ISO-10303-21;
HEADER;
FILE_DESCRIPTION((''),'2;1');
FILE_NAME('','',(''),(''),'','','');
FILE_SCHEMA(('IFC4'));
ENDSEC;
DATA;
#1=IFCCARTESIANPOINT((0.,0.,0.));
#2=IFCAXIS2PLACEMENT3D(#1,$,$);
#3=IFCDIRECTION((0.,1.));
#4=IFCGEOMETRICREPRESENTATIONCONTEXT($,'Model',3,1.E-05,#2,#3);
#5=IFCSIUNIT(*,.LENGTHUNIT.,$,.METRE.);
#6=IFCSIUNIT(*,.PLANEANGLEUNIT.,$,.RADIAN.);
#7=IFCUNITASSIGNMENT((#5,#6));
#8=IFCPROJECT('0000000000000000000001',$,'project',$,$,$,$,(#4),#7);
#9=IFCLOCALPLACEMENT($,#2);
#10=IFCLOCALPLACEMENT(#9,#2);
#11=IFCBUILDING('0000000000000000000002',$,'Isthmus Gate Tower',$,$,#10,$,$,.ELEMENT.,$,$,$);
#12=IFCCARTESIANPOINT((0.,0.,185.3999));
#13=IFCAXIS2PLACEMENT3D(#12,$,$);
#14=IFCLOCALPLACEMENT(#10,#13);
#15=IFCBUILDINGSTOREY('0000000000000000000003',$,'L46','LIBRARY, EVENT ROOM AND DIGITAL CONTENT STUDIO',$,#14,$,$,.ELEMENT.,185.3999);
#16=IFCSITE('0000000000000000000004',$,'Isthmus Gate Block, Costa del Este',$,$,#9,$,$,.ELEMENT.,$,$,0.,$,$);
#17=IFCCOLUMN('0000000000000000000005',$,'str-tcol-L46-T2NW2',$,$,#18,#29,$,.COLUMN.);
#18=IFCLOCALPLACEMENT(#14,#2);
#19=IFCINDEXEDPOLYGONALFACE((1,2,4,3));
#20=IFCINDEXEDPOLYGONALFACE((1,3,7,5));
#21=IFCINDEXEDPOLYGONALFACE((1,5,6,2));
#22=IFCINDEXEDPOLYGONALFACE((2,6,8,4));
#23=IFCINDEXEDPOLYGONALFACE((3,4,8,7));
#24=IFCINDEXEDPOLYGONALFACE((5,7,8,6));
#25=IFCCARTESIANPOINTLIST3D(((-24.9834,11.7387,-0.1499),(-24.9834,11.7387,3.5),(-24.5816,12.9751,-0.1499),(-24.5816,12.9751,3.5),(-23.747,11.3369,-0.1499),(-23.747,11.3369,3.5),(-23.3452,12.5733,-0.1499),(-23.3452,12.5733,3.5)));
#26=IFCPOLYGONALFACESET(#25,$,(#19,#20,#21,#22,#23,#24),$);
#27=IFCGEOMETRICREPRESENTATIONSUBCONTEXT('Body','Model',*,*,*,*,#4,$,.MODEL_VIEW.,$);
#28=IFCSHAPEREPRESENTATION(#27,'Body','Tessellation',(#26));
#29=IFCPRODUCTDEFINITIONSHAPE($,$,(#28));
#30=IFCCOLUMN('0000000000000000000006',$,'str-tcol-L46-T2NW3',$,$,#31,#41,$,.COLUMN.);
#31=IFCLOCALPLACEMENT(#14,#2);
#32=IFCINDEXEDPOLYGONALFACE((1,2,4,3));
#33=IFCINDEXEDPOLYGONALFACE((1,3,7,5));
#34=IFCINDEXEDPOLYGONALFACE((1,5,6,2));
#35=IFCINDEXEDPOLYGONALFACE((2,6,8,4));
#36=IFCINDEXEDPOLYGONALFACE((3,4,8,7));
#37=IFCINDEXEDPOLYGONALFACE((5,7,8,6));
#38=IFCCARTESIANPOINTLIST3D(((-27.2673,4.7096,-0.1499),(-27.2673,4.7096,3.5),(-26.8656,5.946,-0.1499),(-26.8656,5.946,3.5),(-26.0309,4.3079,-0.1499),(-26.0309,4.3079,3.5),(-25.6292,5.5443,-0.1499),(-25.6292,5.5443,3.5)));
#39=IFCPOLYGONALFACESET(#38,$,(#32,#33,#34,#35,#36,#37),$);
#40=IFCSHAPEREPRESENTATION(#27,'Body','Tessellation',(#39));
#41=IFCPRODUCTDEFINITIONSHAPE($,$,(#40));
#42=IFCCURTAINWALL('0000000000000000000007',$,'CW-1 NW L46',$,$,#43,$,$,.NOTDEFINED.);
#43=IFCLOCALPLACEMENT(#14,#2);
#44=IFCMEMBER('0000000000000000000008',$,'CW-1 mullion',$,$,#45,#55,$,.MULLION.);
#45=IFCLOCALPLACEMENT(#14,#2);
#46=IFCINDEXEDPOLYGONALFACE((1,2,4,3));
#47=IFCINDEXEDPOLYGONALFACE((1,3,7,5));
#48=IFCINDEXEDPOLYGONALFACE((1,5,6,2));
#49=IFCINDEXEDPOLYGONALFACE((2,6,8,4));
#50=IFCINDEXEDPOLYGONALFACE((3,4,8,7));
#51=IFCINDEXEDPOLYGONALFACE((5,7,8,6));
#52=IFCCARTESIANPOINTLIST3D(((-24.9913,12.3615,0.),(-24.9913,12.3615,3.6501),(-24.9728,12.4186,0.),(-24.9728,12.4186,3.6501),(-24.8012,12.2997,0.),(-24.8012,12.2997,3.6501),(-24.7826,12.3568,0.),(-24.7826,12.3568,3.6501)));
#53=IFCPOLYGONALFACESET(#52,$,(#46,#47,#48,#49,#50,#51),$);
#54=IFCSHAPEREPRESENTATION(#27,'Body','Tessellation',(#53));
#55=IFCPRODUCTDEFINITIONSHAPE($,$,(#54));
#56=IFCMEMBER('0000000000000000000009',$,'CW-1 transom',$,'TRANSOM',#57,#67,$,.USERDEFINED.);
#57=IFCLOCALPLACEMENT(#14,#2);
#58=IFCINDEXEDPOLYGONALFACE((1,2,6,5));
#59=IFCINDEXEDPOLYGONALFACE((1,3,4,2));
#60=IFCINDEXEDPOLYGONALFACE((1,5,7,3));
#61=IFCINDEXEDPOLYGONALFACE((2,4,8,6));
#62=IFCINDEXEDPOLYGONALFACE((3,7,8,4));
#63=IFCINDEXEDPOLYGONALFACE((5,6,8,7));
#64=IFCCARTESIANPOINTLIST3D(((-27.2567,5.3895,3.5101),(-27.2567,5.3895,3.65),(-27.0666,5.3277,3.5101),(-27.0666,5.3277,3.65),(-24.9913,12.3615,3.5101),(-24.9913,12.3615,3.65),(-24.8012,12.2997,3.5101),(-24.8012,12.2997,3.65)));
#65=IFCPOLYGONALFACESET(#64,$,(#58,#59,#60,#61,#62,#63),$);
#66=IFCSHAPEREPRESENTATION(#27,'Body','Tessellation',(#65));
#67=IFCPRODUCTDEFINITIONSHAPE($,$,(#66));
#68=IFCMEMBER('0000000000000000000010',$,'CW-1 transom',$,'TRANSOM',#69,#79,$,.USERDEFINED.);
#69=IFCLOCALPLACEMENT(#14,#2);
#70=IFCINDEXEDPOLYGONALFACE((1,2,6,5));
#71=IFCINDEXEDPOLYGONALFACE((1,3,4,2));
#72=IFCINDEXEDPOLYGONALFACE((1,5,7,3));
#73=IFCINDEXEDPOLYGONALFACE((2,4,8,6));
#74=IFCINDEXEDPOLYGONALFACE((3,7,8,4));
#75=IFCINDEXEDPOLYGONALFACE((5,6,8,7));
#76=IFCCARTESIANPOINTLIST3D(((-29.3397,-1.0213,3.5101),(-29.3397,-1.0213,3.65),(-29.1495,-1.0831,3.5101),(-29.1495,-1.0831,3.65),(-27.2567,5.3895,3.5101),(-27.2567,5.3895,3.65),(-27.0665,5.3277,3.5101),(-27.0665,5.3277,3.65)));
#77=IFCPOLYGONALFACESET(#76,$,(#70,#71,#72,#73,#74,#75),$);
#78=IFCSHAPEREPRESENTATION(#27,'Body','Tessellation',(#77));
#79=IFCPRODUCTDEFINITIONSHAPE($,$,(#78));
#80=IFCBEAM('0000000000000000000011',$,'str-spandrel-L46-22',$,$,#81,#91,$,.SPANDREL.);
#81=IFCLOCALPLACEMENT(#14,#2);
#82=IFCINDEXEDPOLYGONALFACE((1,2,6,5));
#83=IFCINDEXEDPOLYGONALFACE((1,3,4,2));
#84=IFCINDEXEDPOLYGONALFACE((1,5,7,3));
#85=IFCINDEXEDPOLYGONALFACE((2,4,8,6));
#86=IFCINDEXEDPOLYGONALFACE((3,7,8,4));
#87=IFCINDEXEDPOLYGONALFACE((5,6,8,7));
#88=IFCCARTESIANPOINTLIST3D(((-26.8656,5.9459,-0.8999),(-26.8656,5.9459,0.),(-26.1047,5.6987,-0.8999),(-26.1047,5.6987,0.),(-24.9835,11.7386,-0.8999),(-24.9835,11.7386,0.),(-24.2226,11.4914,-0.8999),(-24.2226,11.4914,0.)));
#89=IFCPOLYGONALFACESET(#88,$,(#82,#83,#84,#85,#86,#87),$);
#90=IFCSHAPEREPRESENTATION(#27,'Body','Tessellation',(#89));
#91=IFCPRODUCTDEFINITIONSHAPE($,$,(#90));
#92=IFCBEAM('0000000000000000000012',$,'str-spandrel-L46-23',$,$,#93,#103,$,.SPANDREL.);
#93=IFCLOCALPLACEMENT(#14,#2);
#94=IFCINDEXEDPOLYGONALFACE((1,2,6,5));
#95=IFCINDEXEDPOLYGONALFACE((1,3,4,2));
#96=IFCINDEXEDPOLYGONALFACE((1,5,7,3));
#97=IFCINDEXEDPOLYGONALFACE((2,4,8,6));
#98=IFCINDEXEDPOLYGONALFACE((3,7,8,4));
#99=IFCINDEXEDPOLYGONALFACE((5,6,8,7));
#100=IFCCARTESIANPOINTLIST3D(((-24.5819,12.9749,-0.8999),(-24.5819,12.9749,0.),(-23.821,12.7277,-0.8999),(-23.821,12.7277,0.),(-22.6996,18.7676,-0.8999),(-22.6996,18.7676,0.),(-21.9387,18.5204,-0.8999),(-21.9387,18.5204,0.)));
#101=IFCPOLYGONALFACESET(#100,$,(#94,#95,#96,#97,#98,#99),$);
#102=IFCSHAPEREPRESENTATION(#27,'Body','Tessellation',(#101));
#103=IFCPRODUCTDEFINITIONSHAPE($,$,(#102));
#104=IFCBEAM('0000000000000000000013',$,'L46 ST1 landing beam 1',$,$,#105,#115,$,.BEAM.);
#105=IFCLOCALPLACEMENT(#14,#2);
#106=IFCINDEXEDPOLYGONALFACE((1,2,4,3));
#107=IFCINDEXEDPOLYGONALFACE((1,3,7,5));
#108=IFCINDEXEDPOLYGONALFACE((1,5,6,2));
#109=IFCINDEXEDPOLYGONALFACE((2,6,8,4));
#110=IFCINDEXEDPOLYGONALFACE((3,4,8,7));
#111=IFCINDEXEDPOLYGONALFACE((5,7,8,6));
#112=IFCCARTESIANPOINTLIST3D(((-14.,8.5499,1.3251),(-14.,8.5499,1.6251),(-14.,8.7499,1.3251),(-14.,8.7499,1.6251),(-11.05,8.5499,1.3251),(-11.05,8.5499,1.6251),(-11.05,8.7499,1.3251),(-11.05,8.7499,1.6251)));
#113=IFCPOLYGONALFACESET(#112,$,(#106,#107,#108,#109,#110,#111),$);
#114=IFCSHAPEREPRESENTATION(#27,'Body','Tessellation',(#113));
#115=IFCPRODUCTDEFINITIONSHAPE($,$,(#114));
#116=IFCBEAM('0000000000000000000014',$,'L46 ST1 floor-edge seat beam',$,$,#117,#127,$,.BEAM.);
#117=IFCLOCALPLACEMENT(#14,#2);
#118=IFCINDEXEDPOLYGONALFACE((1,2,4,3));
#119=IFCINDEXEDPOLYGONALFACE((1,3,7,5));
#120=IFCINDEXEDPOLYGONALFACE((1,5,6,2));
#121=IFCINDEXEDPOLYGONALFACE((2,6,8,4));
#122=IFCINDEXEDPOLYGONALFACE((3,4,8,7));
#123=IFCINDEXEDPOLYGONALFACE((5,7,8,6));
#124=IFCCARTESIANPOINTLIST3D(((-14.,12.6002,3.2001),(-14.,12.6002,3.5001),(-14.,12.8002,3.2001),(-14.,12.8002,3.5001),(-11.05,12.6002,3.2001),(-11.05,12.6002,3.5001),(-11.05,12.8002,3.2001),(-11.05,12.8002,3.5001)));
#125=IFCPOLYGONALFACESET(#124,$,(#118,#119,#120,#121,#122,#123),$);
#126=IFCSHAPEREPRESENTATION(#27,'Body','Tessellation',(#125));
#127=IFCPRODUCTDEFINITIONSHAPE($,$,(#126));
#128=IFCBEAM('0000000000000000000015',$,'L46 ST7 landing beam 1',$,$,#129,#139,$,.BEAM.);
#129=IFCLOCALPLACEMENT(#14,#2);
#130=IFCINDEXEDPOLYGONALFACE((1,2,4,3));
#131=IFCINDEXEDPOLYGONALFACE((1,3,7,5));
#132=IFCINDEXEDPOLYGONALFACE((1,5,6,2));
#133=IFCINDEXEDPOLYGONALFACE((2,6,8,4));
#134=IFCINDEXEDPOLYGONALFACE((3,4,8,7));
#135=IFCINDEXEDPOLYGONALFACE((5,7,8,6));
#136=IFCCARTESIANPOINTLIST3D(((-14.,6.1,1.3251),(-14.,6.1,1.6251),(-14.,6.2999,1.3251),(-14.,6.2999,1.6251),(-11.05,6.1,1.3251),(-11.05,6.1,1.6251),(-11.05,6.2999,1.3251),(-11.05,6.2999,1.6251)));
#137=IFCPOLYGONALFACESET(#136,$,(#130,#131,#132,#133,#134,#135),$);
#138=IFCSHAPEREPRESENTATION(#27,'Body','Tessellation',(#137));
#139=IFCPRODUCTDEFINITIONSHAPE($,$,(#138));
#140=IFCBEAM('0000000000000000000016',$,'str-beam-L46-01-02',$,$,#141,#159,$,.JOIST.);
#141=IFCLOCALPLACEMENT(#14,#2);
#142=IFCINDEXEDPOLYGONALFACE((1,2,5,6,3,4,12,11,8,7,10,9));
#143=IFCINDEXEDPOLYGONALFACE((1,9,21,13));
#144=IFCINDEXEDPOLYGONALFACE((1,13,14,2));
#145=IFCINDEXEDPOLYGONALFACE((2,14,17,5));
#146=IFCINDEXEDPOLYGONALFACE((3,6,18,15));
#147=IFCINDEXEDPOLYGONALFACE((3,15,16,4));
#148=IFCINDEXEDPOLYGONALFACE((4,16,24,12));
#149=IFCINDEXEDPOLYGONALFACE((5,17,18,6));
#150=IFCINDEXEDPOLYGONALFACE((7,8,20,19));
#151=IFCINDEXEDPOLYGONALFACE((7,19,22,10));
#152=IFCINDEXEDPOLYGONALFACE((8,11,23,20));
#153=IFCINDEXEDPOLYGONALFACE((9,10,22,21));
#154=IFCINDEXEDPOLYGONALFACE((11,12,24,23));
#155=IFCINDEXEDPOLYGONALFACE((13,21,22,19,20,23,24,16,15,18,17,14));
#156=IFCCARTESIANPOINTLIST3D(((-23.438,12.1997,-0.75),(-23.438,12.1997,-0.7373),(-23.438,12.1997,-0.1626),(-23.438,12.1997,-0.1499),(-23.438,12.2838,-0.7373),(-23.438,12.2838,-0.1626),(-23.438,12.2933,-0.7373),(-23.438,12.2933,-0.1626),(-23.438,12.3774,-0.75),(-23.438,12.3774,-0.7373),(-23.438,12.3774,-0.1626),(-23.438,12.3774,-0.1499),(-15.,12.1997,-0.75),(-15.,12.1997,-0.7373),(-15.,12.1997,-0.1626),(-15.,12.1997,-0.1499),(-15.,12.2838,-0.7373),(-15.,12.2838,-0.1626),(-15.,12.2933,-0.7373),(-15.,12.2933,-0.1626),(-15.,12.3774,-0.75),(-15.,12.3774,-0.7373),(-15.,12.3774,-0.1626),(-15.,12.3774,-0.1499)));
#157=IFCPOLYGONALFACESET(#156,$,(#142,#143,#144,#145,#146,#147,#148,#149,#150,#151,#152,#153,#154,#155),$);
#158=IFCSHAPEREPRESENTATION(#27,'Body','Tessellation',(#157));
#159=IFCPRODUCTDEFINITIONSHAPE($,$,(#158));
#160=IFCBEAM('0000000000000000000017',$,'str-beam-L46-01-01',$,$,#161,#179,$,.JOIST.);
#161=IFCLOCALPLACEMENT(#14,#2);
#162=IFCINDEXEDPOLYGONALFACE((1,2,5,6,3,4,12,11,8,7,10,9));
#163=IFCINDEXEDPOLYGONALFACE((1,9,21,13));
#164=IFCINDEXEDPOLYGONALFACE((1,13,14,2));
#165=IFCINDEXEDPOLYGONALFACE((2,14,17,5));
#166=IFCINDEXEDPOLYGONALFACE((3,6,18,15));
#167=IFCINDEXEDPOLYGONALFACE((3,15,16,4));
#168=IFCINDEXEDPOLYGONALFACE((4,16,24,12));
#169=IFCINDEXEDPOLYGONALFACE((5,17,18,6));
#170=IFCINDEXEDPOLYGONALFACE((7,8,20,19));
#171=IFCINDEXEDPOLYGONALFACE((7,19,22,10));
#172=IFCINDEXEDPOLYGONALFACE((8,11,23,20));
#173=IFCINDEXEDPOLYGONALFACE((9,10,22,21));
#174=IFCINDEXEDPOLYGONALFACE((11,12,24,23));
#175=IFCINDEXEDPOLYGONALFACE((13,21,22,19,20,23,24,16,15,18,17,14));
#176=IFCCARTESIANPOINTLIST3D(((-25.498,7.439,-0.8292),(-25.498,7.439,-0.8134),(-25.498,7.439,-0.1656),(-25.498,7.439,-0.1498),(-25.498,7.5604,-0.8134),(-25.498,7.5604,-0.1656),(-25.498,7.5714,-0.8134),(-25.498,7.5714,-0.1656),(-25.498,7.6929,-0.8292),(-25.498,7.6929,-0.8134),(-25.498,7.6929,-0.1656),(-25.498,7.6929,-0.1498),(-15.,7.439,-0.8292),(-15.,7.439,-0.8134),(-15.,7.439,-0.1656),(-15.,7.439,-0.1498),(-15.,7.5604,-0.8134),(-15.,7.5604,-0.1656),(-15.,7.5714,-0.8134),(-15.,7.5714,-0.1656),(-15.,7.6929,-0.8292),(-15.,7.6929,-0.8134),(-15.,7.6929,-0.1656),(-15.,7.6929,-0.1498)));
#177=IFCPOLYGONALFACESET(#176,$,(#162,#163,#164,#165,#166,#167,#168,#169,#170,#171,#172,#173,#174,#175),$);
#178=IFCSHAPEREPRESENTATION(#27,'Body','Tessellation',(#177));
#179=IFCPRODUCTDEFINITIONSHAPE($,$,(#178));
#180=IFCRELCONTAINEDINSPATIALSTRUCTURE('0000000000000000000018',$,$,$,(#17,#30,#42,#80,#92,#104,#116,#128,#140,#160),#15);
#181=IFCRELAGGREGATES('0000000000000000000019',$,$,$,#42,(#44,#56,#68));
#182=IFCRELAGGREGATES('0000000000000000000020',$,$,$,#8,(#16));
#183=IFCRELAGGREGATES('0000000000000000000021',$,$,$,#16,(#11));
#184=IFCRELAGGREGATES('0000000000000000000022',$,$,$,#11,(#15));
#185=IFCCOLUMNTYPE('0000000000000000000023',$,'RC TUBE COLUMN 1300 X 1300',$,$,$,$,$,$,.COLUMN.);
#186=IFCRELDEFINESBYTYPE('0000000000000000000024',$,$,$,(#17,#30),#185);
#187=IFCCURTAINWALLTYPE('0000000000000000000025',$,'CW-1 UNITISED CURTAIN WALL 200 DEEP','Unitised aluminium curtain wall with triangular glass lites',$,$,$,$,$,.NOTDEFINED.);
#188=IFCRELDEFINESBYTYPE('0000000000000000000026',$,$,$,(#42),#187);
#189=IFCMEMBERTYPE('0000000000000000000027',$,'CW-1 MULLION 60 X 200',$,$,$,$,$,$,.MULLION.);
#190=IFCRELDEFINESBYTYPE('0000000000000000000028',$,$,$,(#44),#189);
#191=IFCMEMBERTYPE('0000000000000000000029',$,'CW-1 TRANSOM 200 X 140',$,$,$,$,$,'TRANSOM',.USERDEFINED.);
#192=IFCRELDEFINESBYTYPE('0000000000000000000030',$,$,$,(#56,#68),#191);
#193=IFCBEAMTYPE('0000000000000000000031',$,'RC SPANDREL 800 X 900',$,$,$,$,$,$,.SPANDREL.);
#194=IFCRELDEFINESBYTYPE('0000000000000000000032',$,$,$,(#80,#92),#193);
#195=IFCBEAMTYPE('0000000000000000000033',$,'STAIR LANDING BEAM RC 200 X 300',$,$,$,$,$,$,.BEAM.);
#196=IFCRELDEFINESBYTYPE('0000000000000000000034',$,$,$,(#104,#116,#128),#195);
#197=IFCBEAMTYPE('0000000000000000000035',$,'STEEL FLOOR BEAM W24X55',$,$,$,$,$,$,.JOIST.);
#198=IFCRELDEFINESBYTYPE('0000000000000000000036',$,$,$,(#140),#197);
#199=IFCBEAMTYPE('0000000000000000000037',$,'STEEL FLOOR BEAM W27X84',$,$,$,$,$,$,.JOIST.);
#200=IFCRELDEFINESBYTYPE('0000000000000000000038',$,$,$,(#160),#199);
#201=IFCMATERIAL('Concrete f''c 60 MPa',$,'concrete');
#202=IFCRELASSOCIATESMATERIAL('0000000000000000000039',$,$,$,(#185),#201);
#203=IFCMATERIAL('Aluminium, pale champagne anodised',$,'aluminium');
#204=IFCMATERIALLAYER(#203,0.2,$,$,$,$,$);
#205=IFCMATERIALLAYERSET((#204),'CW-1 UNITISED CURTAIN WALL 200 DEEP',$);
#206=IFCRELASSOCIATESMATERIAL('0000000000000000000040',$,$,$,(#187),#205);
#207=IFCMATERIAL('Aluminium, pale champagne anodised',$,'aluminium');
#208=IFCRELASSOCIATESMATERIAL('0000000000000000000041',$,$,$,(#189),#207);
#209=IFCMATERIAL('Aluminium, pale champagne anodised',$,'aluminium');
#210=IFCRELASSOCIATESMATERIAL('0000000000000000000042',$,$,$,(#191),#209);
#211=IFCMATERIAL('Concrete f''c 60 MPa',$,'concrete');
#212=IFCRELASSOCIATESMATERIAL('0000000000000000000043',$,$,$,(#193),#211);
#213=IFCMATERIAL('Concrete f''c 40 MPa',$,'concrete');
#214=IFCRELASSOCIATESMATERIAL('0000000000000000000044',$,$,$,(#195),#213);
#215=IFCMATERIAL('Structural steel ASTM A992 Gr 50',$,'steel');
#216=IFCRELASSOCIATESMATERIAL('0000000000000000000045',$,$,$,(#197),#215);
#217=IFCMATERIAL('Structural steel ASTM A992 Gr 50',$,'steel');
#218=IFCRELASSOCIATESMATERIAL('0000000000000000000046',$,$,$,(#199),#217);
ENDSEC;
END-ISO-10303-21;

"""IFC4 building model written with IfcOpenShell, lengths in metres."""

from ifc_helpers import new_model, si_unit, direction, frame, origin, origin_2d, place, context, subcontext, project, spatial, rectangle, i_section, extrude, material, layer, layer_set, material_profile, profile_set, type_object, element, aggregate, save


model = new_model("IFC4")

# Units and contexts
model_context = context("Model", 3, precision=1e-05, world=origin(), true_north=direction((0.0, 1.0)))
body_context = subcontext(model_context, "Body", "Model", "MODEL_VIEW")
ifc_project = project(units=[si_unit("LENGTHUNIT", "METRE"), si_unit("PLANEANGLEUNIT", "RADIAN")], contexts=[model_context])

# Site, building, storey
site_placement = place(None, origin())
site = spatial("IfcSite", under=ifc_project, at=site_placement, Name="Isthmus Gate Block, Costa del Este", CompositionType="ELEMENT", RefElevation=0.0)
building_placement = place(site_placement, origin())
building = spatial("IfcBuilding", under=site, at=building_placement, Name="Isthmus Gate Tower", CompositionType="ELEMENT")
storey_placement = place(building_placement, frame((0.0, 0.0, 185.3999)))
storey = spatial("IfcBuildingStorey", under=building, at=storey_placement, Name="L46", Description="LIBRARY, EVENT ROOM AND DIGITAL CONTENT STUDIO", CompositionType="ELEMENT", Elevation=185.3999)

# Columns
ifc_material_1 = material(Name="Concrete f'c 60 MPa", Category="concrete")
ifc_material_profile_1 = material_profile(ifc_material_1, rectangle(XDim=1.3, YDim=1.3, at=origin_2d()), Name="RC 1300X1300")
ifc_profile_set_1 = profile_set([ifc_material_profile_1], Name="Concrete f'c 60 MPa")
column_type = type_object("IfcColumnType", Name="RC TUBE COLUMN 1300 X 1300", PredefinedType="COLUMN", material=ifc_profile_set_1)
for number, where, z_axis, x_axis, name in (
    (1, (-24.1643, 12.156, -0.1499), (0.0, 0.0, 1.0), (-0.309017, -0.951057, 0.0), "str-tcol-L46-T2NW2"),
    (2, (-26.4482, 5.127, -0.1499), (0.0, 0.0, 1.0), (-0.309017, -0.951057, 0.0), "str-tcol-L46-T2NW3"),
):
    element("IfcColumn", number, at=place(storey_placement, frame(where, z_axis=z_axis, x_axis=x_axis)), inside=storey, type_object=column_type, Name=name, PredefinedType="COLUMN", context=body_context, shape_type="SweptSolid", body=[
        extrude(rectangle(XDim=1.3, YDim=1.3, at=origin_2d()), origin(), (0.0, 0.0, 1.0), 3.6499),
    ])

# Curtain wall, members
ifc_material_2 = material(Name="Aluminium, pale champagne anodised", Category="aluminium")
ifc_layer_1 = layer(ifc_material_2, 0.2)
ifc_layer_set_1 = layer_set([ifc_layer_1], Name="CW-1 UNITISED CURTAIN WALL 200 DEEP")
curtain_wall_type = type_object("IfcCurtainWallType", Name="CW-1 UNITISED CURTAIN WALL 200 DEEP", Description="Unitised aluminium curtain wall with triangular glass lites", PredefinedType="NOTDEFINED", material=ifc_layer_set_1)
curtain_wall_placement = place(storey_placement, origin())
curtain_wall = element("IfcCurtainWall", 3, at=curtain_wall_placement, inside=storey, type_object=curtain_wall_type, Name="CW-1 NW L46", PredefinedType="NOTDEFINED")
ifc_material_3 = material(Name="Aluminium, pale champagne anodised", Category="aluminium")
ifc_material_profile_2 = material_profile(ifc_material_3, rectangle(XDim=0.0601, YDim=0.2, at=origin_2d()), Name="60x200")
ifc_profile_set_2 = profile_set([ifc_material_profile_2], Name="Aluminium, pale champagne anodised")
member_type_1 = type_object("IfcMemberType", Name="CW-1 MULLION 60 X 200", PredefinedType="MULLION", material=ifc_profile_set_2)
member_1_placement = place(storey_placement, frame((-24.887, 12.3591, 0.0), z_axis=(0.0, 0.0, 1.0), x_axis=(-0.309017, -0.951057, 0.0)))
member_1 = element("IfcMember", 4, at=member_1_placement, type_object=member_type_1, Name="CW-1 mullion", PredefinedType="MULLION", context=body_context, shape_type="SweptSolid", body=[
    extrude(rectangle(XDim=0.0601, YDim=0.2, at=origin_2d()), origin(), (0.0, 0.0, 1.0), 3.6501),
])
ifc_material_4 = material(Name="Aluminium, pale champagne anodised", Category="aluminium")
ifc_material_profile_3 = material_profile(ifc_material_4, rectangle(XDim=0.2, YDim=0.1399, at=origin_2d()), Name="200x140")
ifc_profile_set_3 = profile_set([ifc_material_profile_3], Name="Aluminium, pale champagne anodised")
member_type_2 = type_object("IfcMemberType", Name="CW-1 TRANSOM 200 X 140", ElementType="TRANSOM", PredefinedType="USERDEFINED", material=ifc_profile_set_3)
member_2_placement = place(storey_placement, frame((-24.8962, 12.3306, 3.5801), z_axis=(-0.309025, -0.951054, 0.0), x_axis=(0.951054, -0.309025, 0.0)))
member_2 = element("IfcMember", 5, at=member_2_placement, type_object=member_type_2, Name="CW-1 transom", ObjectType="TRANSOM", PredefinedType="USERDEFINED", context=body_context, shape_type="SweptSolid", body=[
    extrude(rectangle(XDim=0.2, YDim=0.1399, at=origin_2d()), origin(), (0.0, 0.0, 1.0), 7.3308),
])
member_3_placement = place(storey_placement, frame((-27.1616, 5.3586, 3.5801), z_axis=(-0.309015, -0.951057, 0.0), x_axis=(0.951057, -0.309015, 0.0)))
member_3 = element("IfcMember", 6, at=member_3_placement, type_object=member_type_2, Name="CW-1 transom", ObjectType="TRANSOM", PredefinedType="USERDEFINED", context=body_context, shape_type="SweptSolid", body=[
    extrude(rectangle(XDim=0.2, YDim=0.1399, at=origin_2d()), origin(), (0.0, 0.0, 1.0), 6.7407),
])

# Beams
ifc_material_5 = material(Name="Concrete f'c 60 MPa", Category="concrete")
ifc_material_profile_4 = material_profile(ifc_material_5, rectangle(XDim=0.8, YDim=0.8999, at=origin_2d()), Name="RC 800X900")
ifc_profile_set_4 = profile_set([ifc_material_profile_4], Name="Concrete f'c 60 MPa")
beam_type_1 = type_object("IfcBeamType", Name="RC SPANDREL 800 X 900", PredefinedType="SPANDREL", material=ifc_profile_set_4)
for number, where, z_axis, x_axis, name in (
    (7, (-26.4851, 5.8223, -0.45), (0.309004, 0.951061, 0.0), (-0.951061, 0.309004, 0.0), "str-spandrel-L46-22"),
    (8, (-24.2014, 12.8513, -0.45), (0.30904, 0.951049, 0.0), (-0.951049, 0.30904, 0.0), "str-spandrel-L46-23"),
):
    element("IfcBeam", number, at=place(storey_placement, frame(where, z_axis=z_axis, x_axis=x_axis)), inside=storey, type_object=beam_type_1, Name=name, PredefinedType="SPANDREL", context=body_context, shape_type="SweptSolid", body=[
        extrude(rectangle(XDim=0.8, YDim=0.8999, at=origin_2d()), origin(), (0.0, 0.0, 1.0), 6.0908),
    ])
ifc_material_6 = material(Name="Concrete f'c 40 MPa", Category="concrete")
ifc_material_profile_5 = material_profile(ifc_material_6, rectangle(XDim=0.2, YDim=0.3, at=origin_2d()), Name="STAIR LANDING BEAM RC 200 X 300")
ifc_profile_set_5 = profile_set([ifc_material_profile_5], Name="Concrete f'c 40 MPa")
beam_type_2 = type_object("IfcBeamType", Name="STAIR LANDING BEAM RC 200 X 300", PredefinedType="BEAM", material=ifc_profile_set_5)
for number, where, z_axis, x_axis, name in (
    (9, (-14.0, 8.6499, 1.4751), (1.0, 0.0, 0.0), (0.0, 1.0, 0.0), "L46 ST1 landing beam 1"),
    (10, (-14.0, 12.7002, 3.3501), (1.0, 0.0, 0.0), (0.0, 1.0, 0.0), "L46 ST1 floor-edge seat beam"),
    (11, (-14.0, 6.2, 1.4751), (1.0, 0.0, 0.0), (0.0, 1.0, 0.0), "L46 ST7 landing beam 1"),
):
    element("IfcBeam", number, at=place(storey_placement, frame(where, z_axis=z_axis, x_axis=x_axis)), inside=storey, type_object=beam_type_2, Name=name, PredefinedType="BEAM", context=body_context, shape_type="SweptSolid", body=[
        extrude(rectangle(XDim=0.2, YDim=0.3, at=origin_2d()), origin(), (0.0, 0.0, 1.0), 2.95),
    ])
ifc_material_7 = material(Name="Structural steel ASTM A992 Gr 50", Category="steel")
ifc_material_profile_6 = material_profile(ifc_material_7, i_section(OverallWidth=0.1777, OverallDepth=0.6001, WebThickness=0.0095, FlangeThickness=0.0127, at=origin_2d()), Name="W24X55")
ifc_profile_set_6 = profile_set([ifc_material_profile_6], Name="Structural steel ASTM A992 Gr 50")
beam_type_3 = type_object("IfcBeamType", Name="STEEL FLOOR BEAM W24X55", PredefinedType="JOIST", material=ifc_profile_set_6)
beam_1_placement = place(storey_placement, frame((-23.438, 12.2886, -0.45), z_axis=(1.0, 0.0, 0.0), x_axis=(0.0, 1.0, 0.0)))
element("IfcBeam", 12, at=beam_1_placement, inside=storey, type_object=beam_type_3, Name="str-beam-L46-01-02", PredefinedType="JOIST", context=body_context, shape_type="SweptSolid", body=[
    extrude(i_section(OverallWidth=0.1777, OverallDepth=0.6001, WebThickness=0.0095, FlangeThickness=0.0127, at=origin_2d()), origin(), (0.0, 0.0, 1.0), 8.438),
])
ifc_material_8 = material(Name="Structural steel ASTM A992 Gr 50", Category="steel")
ifc_material_profile_7 = material_profile(ifc_material_8, i_section(OverallWidth=0.2539, OverallDepth=0.6794, WebThickness=0.011, FlangeThickness=0.0159, at=origin_2d()), Name="W27X84")
ifc_profile_set_7 = profile_set([ifc_material_profile_7], Name="Structural steel ASTM A992 Gr 50")
beam_type_4 = type_object("IfcBeamType", Name="STEEL FLOOR BEAM W27X84", PredefinedType="JOIST", material=ifc_profile_set_7)
beam_2_placement = place(storey_placement, frame((-25.498, 7.5659, -0.4895), z_axis=(1.0, 0.0, 0.0), x_axis=(0.0, 1.0, 0.0)))
element("IfcBeam", 13, at=beam_2_placement, inside=storey, type_object=beam_type_4, Name="str-beam-L46-01-01", PredefinedType="JOIST", context=body_context, shape_type="SweptSolid", body=[
    extrude(i_section(OverallWidth=0.2539, OverallDepth=0.6794, WebThickness=0.011, FlangeThickness=0.0159, at=origin_2d()), origin(), (0.0, 0.0, 1.0), 10.498),
])

aggregate(curtain_wall, [member_1, member_2, member_3])

save(model, "model.ifc")
